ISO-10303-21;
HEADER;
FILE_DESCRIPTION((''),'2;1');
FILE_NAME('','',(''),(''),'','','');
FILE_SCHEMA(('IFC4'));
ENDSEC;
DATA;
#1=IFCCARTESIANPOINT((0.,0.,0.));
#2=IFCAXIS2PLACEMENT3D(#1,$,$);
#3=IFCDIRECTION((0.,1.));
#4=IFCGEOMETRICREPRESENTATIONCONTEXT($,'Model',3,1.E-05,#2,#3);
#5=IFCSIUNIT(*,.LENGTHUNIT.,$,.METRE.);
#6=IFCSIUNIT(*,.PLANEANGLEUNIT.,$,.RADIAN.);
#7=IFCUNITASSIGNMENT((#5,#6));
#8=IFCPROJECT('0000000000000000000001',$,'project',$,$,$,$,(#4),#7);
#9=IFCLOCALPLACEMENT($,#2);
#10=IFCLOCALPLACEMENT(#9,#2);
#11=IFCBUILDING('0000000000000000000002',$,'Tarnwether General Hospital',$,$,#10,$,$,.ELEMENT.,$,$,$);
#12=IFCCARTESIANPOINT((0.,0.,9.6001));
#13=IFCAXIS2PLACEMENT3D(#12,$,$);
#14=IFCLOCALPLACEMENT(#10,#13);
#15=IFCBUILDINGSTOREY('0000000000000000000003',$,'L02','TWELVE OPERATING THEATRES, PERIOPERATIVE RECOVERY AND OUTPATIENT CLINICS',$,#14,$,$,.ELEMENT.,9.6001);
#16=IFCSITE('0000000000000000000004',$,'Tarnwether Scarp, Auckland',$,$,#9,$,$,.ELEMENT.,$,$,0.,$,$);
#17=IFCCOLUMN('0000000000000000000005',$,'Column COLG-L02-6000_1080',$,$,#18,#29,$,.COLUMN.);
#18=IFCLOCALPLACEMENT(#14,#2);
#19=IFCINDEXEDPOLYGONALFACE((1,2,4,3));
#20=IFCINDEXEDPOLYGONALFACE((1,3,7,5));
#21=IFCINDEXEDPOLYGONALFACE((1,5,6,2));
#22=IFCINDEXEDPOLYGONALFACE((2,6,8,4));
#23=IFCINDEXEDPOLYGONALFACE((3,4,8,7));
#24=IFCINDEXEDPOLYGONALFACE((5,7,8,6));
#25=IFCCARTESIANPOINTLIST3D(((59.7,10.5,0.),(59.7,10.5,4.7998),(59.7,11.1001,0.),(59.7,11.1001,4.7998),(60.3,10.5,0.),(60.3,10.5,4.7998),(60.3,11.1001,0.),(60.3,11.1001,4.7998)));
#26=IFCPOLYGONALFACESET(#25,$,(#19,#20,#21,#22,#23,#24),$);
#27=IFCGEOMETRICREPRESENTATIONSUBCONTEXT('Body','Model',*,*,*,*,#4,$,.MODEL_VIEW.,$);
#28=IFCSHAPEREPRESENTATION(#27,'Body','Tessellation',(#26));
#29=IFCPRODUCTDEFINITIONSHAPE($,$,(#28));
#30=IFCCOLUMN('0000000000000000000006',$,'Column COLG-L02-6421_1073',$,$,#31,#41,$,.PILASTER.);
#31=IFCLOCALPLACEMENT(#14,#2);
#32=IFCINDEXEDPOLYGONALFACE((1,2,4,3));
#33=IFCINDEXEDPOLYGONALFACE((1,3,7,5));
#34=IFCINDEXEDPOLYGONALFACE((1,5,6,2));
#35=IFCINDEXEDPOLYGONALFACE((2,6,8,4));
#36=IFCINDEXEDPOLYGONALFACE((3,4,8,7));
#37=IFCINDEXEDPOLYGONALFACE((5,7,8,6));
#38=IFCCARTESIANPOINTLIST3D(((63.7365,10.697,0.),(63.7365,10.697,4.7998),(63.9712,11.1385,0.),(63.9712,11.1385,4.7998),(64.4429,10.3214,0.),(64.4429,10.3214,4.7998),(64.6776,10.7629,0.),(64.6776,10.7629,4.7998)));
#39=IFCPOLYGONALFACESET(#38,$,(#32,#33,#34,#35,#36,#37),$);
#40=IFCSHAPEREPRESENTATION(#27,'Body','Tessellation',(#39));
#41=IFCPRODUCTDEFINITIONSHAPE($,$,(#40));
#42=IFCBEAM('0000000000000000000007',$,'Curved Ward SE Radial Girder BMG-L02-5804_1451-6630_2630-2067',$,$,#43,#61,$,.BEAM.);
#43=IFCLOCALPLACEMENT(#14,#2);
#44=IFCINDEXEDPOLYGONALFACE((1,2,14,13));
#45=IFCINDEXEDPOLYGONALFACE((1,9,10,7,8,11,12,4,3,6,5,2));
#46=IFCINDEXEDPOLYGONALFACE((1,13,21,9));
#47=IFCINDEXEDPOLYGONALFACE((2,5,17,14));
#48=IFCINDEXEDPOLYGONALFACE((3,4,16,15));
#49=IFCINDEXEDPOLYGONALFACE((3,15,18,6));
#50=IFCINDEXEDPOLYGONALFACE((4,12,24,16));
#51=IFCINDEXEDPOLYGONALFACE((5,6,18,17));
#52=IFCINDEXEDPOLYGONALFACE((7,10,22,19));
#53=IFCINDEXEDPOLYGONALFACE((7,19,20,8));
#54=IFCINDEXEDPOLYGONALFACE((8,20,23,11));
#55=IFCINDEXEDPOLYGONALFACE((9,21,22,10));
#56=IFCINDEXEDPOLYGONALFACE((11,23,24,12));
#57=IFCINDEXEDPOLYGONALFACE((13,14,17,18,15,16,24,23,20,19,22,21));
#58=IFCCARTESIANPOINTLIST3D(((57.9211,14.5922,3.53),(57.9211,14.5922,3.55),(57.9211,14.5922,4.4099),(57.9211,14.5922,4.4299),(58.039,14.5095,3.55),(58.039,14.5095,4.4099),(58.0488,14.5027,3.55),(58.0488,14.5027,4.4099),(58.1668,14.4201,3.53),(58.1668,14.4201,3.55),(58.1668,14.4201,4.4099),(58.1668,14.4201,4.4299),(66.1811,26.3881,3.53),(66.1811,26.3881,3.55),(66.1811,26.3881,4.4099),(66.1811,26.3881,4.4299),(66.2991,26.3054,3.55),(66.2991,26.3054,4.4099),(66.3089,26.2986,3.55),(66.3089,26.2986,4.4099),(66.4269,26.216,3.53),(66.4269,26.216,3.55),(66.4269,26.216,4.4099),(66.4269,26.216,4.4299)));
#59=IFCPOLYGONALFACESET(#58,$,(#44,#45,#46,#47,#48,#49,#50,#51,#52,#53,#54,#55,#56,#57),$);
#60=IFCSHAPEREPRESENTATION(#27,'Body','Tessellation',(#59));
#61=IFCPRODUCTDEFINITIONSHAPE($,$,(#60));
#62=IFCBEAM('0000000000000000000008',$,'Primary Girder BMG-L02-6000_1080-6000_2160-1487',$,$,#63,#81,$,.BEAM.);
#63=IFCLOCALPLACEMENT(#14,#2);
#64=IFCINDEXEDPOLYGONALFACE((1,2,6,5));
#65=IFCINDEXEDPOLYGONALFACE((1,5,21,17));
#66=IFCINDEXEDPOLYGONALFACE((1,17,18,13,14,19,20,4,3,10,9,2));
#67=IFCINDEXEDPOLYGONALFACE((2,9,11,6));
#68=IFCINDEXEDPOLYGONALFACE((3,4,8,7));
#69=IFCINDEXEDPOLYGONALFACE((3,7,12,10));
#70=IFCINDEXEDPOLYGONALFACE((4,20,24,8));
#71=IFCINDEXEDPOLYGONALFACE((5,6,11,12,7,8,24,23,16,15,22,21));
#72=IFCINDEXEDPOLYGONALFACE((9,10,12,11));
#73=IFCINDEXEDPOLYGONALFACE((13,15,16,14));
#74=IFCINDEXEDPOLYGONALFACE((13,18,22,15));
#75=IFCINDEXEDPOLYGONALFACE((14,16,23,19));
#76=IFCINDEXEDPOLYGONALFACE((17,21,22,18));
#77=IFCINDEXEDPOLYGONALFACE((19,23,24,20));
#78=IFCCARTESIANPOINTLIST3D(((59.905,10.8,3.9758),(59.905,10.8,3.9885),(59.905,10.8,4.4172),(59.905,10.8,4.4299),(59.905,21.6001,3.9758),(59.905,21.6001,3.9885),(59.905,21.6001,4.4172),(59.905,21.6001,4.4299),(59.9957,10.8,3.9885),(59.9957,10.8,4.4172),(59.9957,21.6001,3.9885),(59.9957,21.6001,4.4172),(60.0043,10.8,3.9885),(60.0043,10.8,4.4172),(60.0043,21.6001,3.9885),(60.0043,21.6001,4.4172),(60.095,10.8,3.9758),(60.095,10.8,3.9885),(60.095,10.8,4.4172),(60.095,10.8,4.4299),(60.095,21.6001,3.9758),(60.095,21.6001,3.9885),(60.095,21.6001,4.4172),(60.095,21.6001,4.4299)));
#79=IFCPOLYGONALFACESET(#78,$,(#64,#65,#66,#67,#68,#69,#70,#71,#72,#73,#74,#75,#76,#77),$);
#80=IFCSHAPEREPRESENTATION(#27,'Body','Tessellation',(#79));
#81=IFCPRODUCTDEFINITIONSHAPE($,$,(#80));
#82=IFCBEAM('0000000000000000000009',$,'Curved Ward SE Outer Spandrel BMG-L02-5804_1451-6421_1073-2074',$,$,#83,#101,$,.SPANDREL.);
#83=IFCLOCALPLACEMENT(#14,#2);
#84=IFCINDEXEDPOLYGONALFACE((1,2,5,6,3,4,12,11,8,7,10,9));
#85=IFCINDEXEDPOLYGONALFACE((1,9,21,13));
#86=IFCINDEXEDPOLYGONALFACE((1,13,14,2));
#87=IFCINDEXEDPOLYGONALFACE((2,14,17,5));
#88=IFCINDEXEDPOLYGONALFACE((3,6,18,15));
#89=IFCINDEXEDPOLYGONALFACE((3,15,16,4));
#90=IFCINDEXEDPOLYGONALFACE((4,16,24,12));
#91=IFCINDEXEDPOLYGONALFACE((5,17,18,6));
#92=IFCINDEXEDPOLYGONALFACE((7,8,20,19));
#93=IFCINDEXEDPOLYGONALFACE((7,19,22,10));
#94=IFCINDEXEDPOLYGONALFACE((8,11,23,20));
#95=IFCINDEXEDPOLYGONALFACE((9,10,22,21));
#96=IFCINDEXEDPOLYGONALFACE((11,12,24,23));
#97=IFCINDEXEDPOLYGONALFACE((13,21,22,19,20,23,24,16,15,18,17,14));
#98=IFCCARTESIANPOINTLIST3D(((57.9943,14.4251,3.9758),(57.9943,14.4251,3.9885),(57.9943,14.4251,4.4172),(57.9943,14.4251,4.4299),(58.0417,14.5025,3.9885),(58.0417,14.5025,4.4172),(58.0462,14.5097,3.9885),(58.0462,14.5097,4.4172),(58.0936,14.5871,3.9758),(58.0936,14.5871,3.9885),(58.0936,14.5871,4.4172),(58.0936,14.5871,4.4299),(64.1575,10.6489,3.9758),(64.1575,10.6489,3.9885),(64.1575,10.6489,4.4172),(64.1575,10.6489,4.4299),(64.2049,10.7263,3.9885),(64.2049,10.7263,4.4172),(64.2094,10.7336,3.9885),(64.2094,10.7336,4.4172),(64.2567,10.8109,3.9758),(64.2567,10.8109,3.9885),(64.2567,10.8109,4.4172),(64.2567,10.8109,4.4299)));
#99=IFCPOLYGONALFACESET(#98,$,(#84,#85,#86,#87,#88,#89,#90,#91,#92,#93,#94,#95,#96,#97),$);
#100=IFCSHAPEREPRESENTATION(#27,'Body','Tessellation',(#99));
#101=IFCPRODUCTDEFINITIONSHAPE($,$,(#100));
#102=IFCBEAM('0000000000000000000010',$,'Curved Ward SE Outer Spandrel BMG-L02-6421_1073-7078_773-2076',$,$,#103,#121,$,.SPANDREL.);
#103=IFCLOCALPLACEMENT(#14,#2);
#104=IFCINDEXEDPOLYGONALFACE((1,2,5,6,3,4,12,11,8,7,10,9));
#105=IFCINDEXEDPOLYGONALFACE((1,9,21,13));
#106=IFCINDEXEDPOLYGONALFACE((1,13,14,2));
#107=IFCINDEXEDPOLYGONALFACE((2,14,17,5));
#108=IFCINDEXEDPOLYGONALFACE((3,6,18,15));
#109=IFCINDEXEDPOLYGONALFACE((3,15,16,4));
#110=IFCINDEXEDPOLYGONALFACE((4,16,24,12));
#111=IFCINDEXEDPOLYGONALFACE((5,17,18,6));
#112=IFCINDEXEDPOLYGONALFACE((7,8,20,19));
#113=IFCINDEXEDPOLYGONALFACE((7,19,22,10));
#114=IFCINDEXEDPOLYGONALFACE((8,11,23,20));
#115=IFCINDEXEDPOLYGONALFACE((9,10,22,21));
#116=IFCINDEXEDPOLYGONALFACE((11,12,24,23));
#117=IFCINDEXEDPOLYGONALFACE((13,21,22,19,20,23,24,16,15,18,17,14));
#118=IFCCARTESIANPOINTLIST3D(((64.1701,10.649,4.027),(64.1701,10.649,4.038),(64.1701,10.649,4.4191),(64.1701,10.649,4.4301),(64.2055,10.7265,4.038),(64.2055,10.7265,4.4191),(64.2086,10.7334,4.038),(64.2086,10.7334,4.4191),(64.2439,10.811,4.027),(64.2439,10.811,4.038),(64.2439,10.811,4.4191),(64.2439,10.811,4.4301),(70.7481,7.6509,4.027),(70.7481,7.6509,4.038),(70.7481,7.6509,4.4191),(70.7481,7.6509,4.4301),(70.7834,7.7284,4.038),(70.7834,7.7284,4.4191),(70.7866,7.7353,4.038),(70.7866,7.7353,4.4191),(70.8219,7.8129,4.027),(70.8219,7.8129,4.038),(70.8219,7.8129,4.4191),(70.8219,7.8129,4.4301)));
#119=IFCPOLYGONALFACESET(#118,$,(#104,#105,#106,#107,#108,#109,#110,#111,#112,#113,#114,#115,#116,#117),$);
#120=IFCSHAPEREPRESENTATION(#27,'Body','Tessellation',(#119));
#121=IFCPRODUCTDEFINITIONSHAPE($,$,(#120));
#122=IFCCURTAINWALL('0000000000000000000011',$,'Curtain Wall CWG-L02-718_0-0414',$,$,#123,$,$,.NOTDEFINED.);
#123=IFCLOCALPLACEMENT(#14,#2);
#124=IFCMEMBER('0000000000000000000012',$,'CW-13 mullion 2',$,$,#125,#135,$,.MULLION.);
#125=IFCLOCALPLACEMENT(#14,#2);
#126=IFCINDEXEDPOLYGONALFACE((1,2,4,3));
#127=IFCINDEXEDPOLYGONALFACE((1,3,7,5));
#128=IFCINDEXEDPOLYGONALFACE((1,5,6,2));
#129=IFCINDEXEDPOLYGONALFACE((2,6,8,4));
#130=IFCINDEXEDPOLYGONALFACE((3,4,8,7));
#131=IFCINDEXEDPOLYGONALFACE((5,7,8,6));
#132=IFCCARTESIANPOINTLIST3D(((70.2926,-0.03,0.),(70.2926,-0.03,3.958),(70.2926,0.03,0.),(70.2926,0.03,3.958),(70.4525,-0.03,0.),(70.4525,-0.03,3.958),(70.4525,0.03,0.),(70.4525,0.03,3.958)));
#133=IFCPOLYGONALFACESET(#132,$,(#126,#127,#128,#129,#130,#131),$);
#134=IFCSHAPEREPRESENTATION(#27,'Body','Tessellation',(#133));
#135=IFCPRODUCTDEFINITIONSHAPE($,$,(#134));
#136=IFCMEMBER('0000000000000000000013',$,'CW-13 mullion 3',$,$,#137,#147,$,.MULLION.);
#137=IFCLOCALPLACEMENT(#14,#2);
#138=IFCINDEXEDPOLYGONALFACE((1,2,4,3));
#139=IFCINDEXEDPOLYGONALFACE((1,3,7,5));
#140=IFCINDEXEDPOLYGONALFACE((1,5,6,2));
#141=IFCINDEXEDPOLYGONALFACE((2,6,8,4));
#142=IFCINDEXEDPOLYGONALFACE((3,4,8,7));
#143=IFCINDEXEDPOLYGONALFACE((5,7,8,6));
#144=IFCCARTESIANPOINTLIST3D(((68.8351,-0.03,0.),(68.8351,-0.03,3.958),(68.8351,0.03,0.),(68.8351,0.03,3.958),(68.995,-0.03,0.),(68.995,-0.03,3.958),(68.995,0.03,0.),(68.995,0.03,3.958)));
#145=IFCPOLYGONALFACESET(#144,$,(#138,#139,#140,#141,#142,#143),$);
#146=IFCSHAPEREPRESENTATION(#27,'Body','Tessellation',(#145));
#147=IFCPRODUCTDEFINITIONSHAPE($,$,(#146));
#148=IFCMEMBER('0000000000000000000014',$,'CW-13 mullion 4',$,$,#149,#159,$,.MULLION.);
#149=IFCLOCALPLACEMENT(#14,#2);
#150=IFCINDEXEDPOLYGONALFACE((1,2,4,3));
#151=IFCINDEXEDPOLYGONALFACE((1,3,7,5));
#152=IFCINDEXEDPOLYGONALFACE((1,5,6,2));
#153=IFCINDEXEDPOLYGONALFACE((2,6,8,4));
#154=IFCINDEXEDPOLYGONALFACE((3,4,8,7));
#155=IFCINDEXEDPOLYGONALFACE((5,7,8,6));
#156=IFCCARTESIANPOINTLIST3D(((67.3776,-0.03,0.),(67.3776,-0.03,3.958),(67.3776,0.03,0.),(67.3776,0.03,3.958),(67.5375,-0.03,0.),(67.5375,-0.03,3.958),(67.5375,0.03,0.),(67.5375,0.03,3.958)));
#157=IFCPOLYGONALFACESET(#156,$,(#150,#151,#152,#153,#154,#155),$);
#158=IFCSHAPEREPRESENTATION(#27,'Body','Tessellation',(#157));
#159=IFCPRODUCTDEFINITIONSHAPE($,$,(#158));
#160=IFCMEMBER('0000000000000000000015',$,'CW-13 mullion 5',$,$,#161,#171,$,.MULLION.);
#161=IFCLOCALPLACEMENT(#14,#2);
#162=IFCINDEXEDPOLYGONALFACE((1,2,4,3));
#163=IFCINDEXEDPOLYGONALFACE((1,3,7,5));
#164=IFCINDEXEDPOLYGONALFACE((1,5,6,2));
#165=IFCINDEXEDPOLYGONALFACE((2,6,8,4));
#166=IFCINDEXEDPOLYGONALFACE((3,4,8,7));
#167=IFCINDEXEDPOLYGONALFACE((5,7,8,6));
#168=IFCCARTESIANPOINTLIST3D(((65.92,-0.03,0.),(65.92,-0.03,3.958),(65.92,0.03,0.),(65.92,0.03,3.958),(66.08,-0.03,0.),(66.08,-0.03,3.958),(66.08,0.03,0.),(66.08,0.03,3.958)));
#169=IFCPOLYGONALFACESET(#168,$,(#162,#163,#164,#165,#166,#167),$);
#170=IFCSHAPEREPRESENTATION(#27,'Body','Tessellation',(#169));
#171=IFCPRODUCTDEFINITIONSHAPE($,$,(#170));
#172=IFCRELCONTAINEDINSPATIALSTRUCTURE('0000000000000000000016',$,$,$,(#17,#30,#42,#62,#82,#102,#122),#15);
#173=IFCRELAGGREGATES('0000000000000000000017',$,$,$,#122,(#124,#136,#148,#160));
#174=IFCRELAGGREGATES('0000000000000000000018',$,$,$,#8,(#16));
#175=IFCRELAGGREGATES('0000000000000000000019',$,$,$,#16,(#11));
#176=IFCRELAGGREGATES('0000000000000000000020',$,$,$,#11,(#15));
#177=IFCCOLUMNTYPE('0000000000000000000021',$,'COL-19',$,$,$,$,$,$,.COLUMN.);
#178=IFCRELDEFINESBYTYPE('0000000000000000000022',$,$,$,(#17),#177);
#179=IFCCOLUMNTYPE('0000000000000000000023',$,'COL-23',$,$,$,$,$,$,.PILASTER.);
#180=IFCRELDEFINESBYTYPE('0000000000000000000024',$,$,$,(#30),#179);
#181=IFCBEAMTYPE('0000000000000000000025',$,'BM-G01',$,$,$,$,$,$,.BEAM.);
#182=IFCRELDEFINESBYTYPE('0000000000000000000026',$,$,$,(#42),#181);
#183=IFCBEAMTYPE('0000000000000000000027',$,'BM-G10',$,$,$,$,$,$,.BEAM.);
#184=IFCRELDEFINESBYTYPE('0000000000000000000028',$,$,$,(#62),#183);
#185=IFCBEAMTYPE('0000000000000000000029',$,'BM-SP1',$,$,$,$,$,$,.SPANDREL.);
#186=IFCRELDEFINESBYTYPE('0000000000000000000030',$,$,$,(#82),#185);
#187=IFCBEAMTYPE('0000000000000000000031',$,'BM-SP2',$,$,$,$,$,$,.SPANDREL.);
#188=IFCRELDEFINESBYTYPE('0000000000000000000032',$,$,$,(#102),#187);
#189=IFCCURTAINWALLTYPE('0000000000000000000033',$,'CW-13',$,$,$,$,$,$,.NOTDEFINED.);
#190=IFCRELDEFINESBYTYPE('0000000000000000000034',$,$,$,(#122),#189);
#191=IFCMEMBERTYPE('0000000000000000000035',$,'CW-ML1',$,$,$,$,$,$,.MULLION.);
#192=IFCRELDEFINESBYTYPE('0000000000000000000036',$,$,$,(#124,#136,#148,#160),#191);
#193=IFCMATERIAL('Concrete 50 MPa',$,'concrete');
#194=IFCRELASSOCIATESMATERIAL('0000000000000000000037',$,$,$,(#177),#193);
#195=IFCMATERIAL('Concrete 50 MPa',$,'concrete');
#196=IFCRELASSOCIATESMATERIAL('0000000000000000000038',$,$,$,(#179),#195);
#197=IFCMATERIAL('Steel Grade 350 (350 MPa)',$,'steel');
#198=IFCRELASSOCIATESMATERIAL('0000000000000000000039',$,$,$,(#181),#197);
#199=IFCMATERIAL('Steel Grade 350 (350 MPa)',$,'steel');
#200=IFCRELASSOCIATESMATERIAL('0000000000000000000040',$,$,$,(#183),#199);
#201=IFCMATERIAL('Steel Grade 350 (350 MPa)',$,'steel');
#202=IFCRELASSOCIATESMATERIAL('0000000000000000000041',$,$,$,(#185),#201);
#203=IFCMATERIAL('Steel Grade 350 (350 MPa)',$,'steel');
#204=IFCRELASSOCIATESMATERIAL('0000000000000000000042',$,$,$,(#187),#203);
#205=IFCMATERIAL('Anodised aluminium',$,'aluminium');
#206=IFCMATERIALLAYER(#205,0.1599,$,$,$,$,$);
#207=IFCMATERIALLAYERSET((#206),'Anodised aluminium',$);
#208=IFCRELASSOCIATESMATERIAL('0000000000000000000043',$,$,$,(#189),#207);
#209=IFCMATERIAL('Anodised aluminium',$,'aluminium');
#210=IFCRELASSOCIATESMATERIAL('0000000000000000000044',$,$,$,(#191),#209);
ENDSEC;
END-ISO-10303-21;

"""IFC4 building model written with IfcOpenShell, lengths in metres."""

from ifc_helpers import new_model, si_unit, direction, frame, origin, origin_2d, place, context, subcontext, project, spatial, rectangle, i_section, extrude, material, layer, layer_set, material_profile, profile_set, type_object, element, aggregate, save


model = new_model("IFC4")

# Units and contexts
model_context = context("Model", 3, precision=1e-05, world=origin(), true_north=direction((0.0, 1.0)))
body_context = subcontext(model_context, "Body", "Model", "MODEL_VIEW")
ifc_project = project(units=[si_unit("LENGTHUNIT", "METRE"), si_unit("PLANEANGLEUNIT", "RADIAN")], contexts=[model_context])

# Site, building, storey
site_placement = place(None, origin())
site = spatial("IfcSite", under=ifc_project, at=site_placement, Name="Tarnwether Scarp, Auckland", CompositionType="ELEMENT", RefElevation=0.0)
building_placement = place(site_placement, origin())
building = spatial("IfcBuilding", under=site, at=building_placement, Name="Tarnwether General Hospital", CompositionType="ELEMENT")
storey_placement = place(building_placement, frame((0.0, 0.0, 9.6001)))
storey = spatial("IfcBuildingStorey", under=building, at=storey_placement, Name="L02", Description="TWELVE OPERATING THEATRES, PERIOPERATIVE RECOVERY AND OUTPATIENT CLINICS", CompositionType="ELEMENT", Elevation=9.6001)

# Columns
ifc_material_1 = material(Name="Concrete 50 MPa", Category="concrete")
ifc_material_profile_1 = material_profile(ifc_material_1, rectangle(XDim=0.6001, YDim=0.6001, at=origin_2d()), Name="RC-COL-600x600")
ifc_profile_set_1 = profile_set([ifc_material_profile_1], Name="Concrete 50 MPa")
column_type_1 = type_object("IfcColumnType", Name="COL-19", PredefinedType="COLUMN", material=ifc_profile_set_1)
column_1_placement = place(storey_placement, frame((60.0, 10.8, 0.0), z_axis=(0.0, 0.0, 1.0), x_axis=(0.0, 1.0, 0.0)))
element("IfcColumn", 1, at=column_1_placement, inside=storey, type_object=column_type_1, Name="Column COLG-L02-6000_1080", PredefinedType="COLUMN", context=body_context, shape_type="SweptSolid", body=[
    extrude(rectangle(XDim=0.6001, YDim=0.6001, at=origin_2d()), origin(), (0.0, 0.0, 1.0), 4.7998),
])
ifc_material_2 = material(Name="Concrete 50 MPa", Category="concrete")
ifc_material_profile_2 = material_profile(ifc_material_2, rectangle(XDim=0.5, YDim=0.8, at=origin_2d()), Name="RC-PIL-500x800")
ifc_profile_set_2 = profile_set([ifc_material_profile_2], Name="Concrete 50 MPa")
column_type_2 = type_object("IfcColumnType", Name="COL-23", PredefinedType="PILASTER", material=ifc_profile_set_2)
column_2_placement = place(storey_placement, frame((64.207, 10.73, 0.0), z_axis=(0.0, 0.0, 1.0), x_axis=(0.469472, 0.882948, 0.0)))
element("IfcColumn", 2, at=column_2_placement, inside=storey, type_object=column_type_2, Name="Column COLG-L02-6421_1073", PredefinedType="PILASTER", context=body_context, shape_type="SweptSolid", body=[
    extrude(rectangle(XDim=0.5, YDim=0.8, at=origin_2d()), origin(), (0.0, 0.0, 1.0), 4.7998),
])

# Beams
ifc_material_3 = material(Name="Steel Grade 350 (350 MPa)", Category="steel")
ifc_material_profile_3 = material_profile(ifc_material_3, i_section(OverallWidth=0.3, OverallDepth=0.8999, WebThickness=0.012, FlangeThickness=0.02, at=origin_2d()), Name="900WB175")
ifc_profile_set_3 = profile_set([ifc_material_profile_3], Name="Steel Grade 350 (350 MPa)")
beam_type_1 = type_object("IfcBeamType", Name="BM-G01", PredefinedType="BEAM", material=ifc_profile_set_3)
beam_1_placement = place(storey_placement, frame((58.0439, 14.5061, 3.98), z_axis=(0.573597, 0.819138, 0.0), x_axis=(-0.819138, 0.573597, 0.0)))
element("IfcBeam", 3, at=beam_1_placement, inside=storey, type_object=beam_type_1, Name="Curved Ward SE Radial Girder BMG-L02-5804_1451-6630_2630-2067", PredefinedType="BEAM", context=body_context, shape_type="SweptSolid", body=[
    extrude(i_section(OverallWidth=0.3, OverallDepth=0.8999, WebThickness=0.012, FlangeThickness=0.02, at=origin_2d()), origin(), (0.0, 0.0, 1.0), 14.4004),
])
ifc_material_4 = material(Name="Steel Grade 350 (350 MPa)", Category="steel")
ifc_material_profile_4 = material_profile(ifc_material_4, i_section(OverallWidth=0.1899, OverallDepth=0.4541, WebThickness=0.0085, FlangeThickness=0.0127, at=origin_2d()), Name="460UB67.1")
ifc_profile_set_4 = profile_set([ifc_material_profile_4], Name="Steel Grade 350 (350 MPa)")
beam_type_2 = type_object("IfcBeamType", Name="BM-G10", PredefinedType="BEAM", material=ifc_profile_set_4)
beam_2_placement = place(storey_placement, frame((60.0, 10.8, 4.2029), z_axis=(0.0, 1.0, 0.0), x_axis=(-1.0, 0.0, 0.0)))
element("IfcBeam", 4, at=beam_2_placement, inside=storey, type_object=beam_type_2, Name="Primary Girder BMG-L02-6000_1080-6000_2160-1487", PredefinedType="BEAM", context=body_context, shape_type="SweptSolid", body=[
    extrude(i_section(OverallWidth=0.1899, OverallDepth=0.4541, WebThickness=0.0085, FlangeThickness=0.0127, at=origin_2d()), origin(), (0.0, 0.0, 1.0), 10.8),
])
ifc_material_5 = material(Name="Steel Grade 350 (350 MPa)", Category="steel")
ifc_material_profile_5 = material_profile(ifc_material_5, i_section(OverallWidth=0.1899, OverallDepth=0.4541, WebThickness=0.0085, FlangeThickness=0.0127, at=origin_2d()), Name="460UB67.1")
ifc_profile_set_5 = profile_set([ifc_material_profile_5], Name="Steel Grade 350 (350 MPa)")
beam_type_3 = type_object("IfcBeamType", Name="BM-SP1", PredefinedType="SPANDREL", material=ifc_profile_set_5)
beam_3_placement = place(storey_placement, frame((58.0439, 14.5061, 4.2029), z_axis=(0.852678, -0.522436, 0.0), x_axis=(0.522436, 0.852678, 0.0)))
element("IfcBeam", 5, at=beam_3_placement, inside=storey, type_object=beam_type_3, Name="Curved Ward SE Outer Spandrel BMG-L02-5804_1451-6421_1073-2074", PredefinedType="SPANDREL", context=body_context, shape_type="SweptSolid", body=[
    extrude(i_section(OverallWidth=0.1899, OverallDepth=0.4541, WebThickness=0.0085, FlangeThickness=0.0127, at=origin_2d()), origin(), (0.0, 0.0, 1.0), 7.228),
])
ifc_material_6 = material(Name="Steel Grade 350 (350 MPa)", Category="steel")
ifc_material_profile_6 = material_profile(ifc_material_6, i_section(OverallWidth=0.178, OverallDepth=0.4031, WebThickness=0.0076, FlangeThickness=0.011, at=origin_2d()), Name="410UB53.7")
ifc_profile_set_6 = profile_set([ifc_material_profile_6], Name="Steel Grade 350 (350 MPa)")
beam_type_4 = type_object("IfcBeamType", Name="BM-SP2", PredefinedType="SPANDREL", material=ifc_profile_set_6)
beam_4_placement = place(storey_placement, frame((64.207, 10.73, 4.2285), z_axis=(0.909944, -0.414731, 0.0), x_axis=(0.414731, 0.909944, 0.0)))
element("IfcBeam", 6, at=beam_4_placement, inside=storey, type_object=beam_type_4, Name="Curved Ward SE Outer Spandrel BMG-L02-6421_1073-7078_773-2076", PredefinedType="SPANDREL", context=body_context, shape_type="SweptSolid", body=[
    extrude(i_section(OverallWidth=0.178, OverallDepth=0.4031, WebThickness=0.0076, FlangeThickness=0.011, at=origin_2d()), origin(), (0.0, 0.0, 1.0), 7.229),
])

# Curtain wall, members
ifc_material_7 = material(Name="Anodised aluminium", Category="aluminium")
ifc_layer_1 = layer(ifc_material_7, 0.1599)
ifc_layer_set_1 = layer_set([ifc_layer_1], Name="Anodised aluminium")
curtain_wall_type = type_object("IfcCurtainWallType", Name="CW-13", PredefinedType="NOTDEFINED", material=ifc_layer_set_1)
curtain_wall_placement = place(storey_placement, origin())
curtain_wall = element("IfcCurtainWall", 7, at=curtain_wall_placement, inside=storey, type_object=curtain_wall_type, Name="Curtain Wall CWG-L02-718_0-0414", PredefinedType="NOTDEFINED")
ifc_material_8 = material(Name="Anodised aluminium", Category="aluminium")
ifc_material_profile_7 = material_profile(ifc_material_8, rectangle(XDim=0.0601, YDim=0.1599, at=origin_2d()), Name="ALU-MUL-60x160")
ifc_profile_set_7 = profile_set([ifc_material_profile_7], Name="Anodised aluminium")
member_type_1 = type_object("IfcMemberType", Name="CW-ML1", PredefinedType="MULLION", material=ifc_profile_set_7)
member_1_placement = place(storey_placement, frame((70.3726, 0.0, 0.0), z_axis=(0.0, 0.0, 1.0), x_axis=(0.0, -1.0, 0.0)))
member_1 = element("IfcMember", 8, at=member_1_placement, type_object=member_type_1, Name="CW-13 mullion 2", PredefinedType="MULLION", context=body_context, shape_type="SweptSolid", body=[
    extrude(rectangle(XDim=0.0601, YDim=0.1599, at=origin_2d()), origin(), (0.0, 0.0, 1.0), 3.958),
])
member_2_placement = place(storey_placement, frame((68.915, 0.0, 0.0), z_axis=(0.0, 0.0, 1.0), x_axis=(0.0, -1.0, 0.0)))
member_2 = element("IfcMember", 9, at=member_2_placement, type_object=member_type_1, Name="CW-13 mullion 3", PredefinedType="MULLION", context=body_context, shape_type="SweptSolid", body=[
    extrude(rectangle(XDim=0.0601, YDim=0.1599, at=origin_2d()), origin(), (0.0, 0.0, 1.0), 3.958),
])
member_3_placement = place(storey_placement, frame((67.4575, 0.0, 0.0), z_axis=(0.0, 0.0, 1.0), x_axis=(0.0, -1.0, 0.0)))
member_3 = element("IfcMember", 10, at=member_3_placement, type_object=member_type_1, Name="CW-13 mullion 4", PredefinedType="MULLION", context=body_context, shape_type="SweptSolid", body=[
    extrude(rectangle(XDim=0.0601, YDim=0.1599, at=origin_2d()), origin(), (0.0, 0.0, 1.0), 3.958),
])
member_4_placement = place(storey_placement, frame((66.0, 0.0, 0.0), z_axis=(0.0, 0.0, 1.0), x_axis=(0.0, -1.0, 0.0)))
member_4 = element("IfcMember", 11, at=member_4_placement, type_object=member_type_1, Name="CW-13 mullion 5", PredefinedType="MULLION", context=body_context, shape_type="SweptSolid", body=[
    extrude(rectangle(XDim=0.0601, YDim=0.1599, at=origin_2d()), origin(), (0.0, 0.0, 1.0), 3.958),
])
aggregate(curtain_wall, [member_1, member_2, member_3, member_4])

save(model, "model.ifc")
